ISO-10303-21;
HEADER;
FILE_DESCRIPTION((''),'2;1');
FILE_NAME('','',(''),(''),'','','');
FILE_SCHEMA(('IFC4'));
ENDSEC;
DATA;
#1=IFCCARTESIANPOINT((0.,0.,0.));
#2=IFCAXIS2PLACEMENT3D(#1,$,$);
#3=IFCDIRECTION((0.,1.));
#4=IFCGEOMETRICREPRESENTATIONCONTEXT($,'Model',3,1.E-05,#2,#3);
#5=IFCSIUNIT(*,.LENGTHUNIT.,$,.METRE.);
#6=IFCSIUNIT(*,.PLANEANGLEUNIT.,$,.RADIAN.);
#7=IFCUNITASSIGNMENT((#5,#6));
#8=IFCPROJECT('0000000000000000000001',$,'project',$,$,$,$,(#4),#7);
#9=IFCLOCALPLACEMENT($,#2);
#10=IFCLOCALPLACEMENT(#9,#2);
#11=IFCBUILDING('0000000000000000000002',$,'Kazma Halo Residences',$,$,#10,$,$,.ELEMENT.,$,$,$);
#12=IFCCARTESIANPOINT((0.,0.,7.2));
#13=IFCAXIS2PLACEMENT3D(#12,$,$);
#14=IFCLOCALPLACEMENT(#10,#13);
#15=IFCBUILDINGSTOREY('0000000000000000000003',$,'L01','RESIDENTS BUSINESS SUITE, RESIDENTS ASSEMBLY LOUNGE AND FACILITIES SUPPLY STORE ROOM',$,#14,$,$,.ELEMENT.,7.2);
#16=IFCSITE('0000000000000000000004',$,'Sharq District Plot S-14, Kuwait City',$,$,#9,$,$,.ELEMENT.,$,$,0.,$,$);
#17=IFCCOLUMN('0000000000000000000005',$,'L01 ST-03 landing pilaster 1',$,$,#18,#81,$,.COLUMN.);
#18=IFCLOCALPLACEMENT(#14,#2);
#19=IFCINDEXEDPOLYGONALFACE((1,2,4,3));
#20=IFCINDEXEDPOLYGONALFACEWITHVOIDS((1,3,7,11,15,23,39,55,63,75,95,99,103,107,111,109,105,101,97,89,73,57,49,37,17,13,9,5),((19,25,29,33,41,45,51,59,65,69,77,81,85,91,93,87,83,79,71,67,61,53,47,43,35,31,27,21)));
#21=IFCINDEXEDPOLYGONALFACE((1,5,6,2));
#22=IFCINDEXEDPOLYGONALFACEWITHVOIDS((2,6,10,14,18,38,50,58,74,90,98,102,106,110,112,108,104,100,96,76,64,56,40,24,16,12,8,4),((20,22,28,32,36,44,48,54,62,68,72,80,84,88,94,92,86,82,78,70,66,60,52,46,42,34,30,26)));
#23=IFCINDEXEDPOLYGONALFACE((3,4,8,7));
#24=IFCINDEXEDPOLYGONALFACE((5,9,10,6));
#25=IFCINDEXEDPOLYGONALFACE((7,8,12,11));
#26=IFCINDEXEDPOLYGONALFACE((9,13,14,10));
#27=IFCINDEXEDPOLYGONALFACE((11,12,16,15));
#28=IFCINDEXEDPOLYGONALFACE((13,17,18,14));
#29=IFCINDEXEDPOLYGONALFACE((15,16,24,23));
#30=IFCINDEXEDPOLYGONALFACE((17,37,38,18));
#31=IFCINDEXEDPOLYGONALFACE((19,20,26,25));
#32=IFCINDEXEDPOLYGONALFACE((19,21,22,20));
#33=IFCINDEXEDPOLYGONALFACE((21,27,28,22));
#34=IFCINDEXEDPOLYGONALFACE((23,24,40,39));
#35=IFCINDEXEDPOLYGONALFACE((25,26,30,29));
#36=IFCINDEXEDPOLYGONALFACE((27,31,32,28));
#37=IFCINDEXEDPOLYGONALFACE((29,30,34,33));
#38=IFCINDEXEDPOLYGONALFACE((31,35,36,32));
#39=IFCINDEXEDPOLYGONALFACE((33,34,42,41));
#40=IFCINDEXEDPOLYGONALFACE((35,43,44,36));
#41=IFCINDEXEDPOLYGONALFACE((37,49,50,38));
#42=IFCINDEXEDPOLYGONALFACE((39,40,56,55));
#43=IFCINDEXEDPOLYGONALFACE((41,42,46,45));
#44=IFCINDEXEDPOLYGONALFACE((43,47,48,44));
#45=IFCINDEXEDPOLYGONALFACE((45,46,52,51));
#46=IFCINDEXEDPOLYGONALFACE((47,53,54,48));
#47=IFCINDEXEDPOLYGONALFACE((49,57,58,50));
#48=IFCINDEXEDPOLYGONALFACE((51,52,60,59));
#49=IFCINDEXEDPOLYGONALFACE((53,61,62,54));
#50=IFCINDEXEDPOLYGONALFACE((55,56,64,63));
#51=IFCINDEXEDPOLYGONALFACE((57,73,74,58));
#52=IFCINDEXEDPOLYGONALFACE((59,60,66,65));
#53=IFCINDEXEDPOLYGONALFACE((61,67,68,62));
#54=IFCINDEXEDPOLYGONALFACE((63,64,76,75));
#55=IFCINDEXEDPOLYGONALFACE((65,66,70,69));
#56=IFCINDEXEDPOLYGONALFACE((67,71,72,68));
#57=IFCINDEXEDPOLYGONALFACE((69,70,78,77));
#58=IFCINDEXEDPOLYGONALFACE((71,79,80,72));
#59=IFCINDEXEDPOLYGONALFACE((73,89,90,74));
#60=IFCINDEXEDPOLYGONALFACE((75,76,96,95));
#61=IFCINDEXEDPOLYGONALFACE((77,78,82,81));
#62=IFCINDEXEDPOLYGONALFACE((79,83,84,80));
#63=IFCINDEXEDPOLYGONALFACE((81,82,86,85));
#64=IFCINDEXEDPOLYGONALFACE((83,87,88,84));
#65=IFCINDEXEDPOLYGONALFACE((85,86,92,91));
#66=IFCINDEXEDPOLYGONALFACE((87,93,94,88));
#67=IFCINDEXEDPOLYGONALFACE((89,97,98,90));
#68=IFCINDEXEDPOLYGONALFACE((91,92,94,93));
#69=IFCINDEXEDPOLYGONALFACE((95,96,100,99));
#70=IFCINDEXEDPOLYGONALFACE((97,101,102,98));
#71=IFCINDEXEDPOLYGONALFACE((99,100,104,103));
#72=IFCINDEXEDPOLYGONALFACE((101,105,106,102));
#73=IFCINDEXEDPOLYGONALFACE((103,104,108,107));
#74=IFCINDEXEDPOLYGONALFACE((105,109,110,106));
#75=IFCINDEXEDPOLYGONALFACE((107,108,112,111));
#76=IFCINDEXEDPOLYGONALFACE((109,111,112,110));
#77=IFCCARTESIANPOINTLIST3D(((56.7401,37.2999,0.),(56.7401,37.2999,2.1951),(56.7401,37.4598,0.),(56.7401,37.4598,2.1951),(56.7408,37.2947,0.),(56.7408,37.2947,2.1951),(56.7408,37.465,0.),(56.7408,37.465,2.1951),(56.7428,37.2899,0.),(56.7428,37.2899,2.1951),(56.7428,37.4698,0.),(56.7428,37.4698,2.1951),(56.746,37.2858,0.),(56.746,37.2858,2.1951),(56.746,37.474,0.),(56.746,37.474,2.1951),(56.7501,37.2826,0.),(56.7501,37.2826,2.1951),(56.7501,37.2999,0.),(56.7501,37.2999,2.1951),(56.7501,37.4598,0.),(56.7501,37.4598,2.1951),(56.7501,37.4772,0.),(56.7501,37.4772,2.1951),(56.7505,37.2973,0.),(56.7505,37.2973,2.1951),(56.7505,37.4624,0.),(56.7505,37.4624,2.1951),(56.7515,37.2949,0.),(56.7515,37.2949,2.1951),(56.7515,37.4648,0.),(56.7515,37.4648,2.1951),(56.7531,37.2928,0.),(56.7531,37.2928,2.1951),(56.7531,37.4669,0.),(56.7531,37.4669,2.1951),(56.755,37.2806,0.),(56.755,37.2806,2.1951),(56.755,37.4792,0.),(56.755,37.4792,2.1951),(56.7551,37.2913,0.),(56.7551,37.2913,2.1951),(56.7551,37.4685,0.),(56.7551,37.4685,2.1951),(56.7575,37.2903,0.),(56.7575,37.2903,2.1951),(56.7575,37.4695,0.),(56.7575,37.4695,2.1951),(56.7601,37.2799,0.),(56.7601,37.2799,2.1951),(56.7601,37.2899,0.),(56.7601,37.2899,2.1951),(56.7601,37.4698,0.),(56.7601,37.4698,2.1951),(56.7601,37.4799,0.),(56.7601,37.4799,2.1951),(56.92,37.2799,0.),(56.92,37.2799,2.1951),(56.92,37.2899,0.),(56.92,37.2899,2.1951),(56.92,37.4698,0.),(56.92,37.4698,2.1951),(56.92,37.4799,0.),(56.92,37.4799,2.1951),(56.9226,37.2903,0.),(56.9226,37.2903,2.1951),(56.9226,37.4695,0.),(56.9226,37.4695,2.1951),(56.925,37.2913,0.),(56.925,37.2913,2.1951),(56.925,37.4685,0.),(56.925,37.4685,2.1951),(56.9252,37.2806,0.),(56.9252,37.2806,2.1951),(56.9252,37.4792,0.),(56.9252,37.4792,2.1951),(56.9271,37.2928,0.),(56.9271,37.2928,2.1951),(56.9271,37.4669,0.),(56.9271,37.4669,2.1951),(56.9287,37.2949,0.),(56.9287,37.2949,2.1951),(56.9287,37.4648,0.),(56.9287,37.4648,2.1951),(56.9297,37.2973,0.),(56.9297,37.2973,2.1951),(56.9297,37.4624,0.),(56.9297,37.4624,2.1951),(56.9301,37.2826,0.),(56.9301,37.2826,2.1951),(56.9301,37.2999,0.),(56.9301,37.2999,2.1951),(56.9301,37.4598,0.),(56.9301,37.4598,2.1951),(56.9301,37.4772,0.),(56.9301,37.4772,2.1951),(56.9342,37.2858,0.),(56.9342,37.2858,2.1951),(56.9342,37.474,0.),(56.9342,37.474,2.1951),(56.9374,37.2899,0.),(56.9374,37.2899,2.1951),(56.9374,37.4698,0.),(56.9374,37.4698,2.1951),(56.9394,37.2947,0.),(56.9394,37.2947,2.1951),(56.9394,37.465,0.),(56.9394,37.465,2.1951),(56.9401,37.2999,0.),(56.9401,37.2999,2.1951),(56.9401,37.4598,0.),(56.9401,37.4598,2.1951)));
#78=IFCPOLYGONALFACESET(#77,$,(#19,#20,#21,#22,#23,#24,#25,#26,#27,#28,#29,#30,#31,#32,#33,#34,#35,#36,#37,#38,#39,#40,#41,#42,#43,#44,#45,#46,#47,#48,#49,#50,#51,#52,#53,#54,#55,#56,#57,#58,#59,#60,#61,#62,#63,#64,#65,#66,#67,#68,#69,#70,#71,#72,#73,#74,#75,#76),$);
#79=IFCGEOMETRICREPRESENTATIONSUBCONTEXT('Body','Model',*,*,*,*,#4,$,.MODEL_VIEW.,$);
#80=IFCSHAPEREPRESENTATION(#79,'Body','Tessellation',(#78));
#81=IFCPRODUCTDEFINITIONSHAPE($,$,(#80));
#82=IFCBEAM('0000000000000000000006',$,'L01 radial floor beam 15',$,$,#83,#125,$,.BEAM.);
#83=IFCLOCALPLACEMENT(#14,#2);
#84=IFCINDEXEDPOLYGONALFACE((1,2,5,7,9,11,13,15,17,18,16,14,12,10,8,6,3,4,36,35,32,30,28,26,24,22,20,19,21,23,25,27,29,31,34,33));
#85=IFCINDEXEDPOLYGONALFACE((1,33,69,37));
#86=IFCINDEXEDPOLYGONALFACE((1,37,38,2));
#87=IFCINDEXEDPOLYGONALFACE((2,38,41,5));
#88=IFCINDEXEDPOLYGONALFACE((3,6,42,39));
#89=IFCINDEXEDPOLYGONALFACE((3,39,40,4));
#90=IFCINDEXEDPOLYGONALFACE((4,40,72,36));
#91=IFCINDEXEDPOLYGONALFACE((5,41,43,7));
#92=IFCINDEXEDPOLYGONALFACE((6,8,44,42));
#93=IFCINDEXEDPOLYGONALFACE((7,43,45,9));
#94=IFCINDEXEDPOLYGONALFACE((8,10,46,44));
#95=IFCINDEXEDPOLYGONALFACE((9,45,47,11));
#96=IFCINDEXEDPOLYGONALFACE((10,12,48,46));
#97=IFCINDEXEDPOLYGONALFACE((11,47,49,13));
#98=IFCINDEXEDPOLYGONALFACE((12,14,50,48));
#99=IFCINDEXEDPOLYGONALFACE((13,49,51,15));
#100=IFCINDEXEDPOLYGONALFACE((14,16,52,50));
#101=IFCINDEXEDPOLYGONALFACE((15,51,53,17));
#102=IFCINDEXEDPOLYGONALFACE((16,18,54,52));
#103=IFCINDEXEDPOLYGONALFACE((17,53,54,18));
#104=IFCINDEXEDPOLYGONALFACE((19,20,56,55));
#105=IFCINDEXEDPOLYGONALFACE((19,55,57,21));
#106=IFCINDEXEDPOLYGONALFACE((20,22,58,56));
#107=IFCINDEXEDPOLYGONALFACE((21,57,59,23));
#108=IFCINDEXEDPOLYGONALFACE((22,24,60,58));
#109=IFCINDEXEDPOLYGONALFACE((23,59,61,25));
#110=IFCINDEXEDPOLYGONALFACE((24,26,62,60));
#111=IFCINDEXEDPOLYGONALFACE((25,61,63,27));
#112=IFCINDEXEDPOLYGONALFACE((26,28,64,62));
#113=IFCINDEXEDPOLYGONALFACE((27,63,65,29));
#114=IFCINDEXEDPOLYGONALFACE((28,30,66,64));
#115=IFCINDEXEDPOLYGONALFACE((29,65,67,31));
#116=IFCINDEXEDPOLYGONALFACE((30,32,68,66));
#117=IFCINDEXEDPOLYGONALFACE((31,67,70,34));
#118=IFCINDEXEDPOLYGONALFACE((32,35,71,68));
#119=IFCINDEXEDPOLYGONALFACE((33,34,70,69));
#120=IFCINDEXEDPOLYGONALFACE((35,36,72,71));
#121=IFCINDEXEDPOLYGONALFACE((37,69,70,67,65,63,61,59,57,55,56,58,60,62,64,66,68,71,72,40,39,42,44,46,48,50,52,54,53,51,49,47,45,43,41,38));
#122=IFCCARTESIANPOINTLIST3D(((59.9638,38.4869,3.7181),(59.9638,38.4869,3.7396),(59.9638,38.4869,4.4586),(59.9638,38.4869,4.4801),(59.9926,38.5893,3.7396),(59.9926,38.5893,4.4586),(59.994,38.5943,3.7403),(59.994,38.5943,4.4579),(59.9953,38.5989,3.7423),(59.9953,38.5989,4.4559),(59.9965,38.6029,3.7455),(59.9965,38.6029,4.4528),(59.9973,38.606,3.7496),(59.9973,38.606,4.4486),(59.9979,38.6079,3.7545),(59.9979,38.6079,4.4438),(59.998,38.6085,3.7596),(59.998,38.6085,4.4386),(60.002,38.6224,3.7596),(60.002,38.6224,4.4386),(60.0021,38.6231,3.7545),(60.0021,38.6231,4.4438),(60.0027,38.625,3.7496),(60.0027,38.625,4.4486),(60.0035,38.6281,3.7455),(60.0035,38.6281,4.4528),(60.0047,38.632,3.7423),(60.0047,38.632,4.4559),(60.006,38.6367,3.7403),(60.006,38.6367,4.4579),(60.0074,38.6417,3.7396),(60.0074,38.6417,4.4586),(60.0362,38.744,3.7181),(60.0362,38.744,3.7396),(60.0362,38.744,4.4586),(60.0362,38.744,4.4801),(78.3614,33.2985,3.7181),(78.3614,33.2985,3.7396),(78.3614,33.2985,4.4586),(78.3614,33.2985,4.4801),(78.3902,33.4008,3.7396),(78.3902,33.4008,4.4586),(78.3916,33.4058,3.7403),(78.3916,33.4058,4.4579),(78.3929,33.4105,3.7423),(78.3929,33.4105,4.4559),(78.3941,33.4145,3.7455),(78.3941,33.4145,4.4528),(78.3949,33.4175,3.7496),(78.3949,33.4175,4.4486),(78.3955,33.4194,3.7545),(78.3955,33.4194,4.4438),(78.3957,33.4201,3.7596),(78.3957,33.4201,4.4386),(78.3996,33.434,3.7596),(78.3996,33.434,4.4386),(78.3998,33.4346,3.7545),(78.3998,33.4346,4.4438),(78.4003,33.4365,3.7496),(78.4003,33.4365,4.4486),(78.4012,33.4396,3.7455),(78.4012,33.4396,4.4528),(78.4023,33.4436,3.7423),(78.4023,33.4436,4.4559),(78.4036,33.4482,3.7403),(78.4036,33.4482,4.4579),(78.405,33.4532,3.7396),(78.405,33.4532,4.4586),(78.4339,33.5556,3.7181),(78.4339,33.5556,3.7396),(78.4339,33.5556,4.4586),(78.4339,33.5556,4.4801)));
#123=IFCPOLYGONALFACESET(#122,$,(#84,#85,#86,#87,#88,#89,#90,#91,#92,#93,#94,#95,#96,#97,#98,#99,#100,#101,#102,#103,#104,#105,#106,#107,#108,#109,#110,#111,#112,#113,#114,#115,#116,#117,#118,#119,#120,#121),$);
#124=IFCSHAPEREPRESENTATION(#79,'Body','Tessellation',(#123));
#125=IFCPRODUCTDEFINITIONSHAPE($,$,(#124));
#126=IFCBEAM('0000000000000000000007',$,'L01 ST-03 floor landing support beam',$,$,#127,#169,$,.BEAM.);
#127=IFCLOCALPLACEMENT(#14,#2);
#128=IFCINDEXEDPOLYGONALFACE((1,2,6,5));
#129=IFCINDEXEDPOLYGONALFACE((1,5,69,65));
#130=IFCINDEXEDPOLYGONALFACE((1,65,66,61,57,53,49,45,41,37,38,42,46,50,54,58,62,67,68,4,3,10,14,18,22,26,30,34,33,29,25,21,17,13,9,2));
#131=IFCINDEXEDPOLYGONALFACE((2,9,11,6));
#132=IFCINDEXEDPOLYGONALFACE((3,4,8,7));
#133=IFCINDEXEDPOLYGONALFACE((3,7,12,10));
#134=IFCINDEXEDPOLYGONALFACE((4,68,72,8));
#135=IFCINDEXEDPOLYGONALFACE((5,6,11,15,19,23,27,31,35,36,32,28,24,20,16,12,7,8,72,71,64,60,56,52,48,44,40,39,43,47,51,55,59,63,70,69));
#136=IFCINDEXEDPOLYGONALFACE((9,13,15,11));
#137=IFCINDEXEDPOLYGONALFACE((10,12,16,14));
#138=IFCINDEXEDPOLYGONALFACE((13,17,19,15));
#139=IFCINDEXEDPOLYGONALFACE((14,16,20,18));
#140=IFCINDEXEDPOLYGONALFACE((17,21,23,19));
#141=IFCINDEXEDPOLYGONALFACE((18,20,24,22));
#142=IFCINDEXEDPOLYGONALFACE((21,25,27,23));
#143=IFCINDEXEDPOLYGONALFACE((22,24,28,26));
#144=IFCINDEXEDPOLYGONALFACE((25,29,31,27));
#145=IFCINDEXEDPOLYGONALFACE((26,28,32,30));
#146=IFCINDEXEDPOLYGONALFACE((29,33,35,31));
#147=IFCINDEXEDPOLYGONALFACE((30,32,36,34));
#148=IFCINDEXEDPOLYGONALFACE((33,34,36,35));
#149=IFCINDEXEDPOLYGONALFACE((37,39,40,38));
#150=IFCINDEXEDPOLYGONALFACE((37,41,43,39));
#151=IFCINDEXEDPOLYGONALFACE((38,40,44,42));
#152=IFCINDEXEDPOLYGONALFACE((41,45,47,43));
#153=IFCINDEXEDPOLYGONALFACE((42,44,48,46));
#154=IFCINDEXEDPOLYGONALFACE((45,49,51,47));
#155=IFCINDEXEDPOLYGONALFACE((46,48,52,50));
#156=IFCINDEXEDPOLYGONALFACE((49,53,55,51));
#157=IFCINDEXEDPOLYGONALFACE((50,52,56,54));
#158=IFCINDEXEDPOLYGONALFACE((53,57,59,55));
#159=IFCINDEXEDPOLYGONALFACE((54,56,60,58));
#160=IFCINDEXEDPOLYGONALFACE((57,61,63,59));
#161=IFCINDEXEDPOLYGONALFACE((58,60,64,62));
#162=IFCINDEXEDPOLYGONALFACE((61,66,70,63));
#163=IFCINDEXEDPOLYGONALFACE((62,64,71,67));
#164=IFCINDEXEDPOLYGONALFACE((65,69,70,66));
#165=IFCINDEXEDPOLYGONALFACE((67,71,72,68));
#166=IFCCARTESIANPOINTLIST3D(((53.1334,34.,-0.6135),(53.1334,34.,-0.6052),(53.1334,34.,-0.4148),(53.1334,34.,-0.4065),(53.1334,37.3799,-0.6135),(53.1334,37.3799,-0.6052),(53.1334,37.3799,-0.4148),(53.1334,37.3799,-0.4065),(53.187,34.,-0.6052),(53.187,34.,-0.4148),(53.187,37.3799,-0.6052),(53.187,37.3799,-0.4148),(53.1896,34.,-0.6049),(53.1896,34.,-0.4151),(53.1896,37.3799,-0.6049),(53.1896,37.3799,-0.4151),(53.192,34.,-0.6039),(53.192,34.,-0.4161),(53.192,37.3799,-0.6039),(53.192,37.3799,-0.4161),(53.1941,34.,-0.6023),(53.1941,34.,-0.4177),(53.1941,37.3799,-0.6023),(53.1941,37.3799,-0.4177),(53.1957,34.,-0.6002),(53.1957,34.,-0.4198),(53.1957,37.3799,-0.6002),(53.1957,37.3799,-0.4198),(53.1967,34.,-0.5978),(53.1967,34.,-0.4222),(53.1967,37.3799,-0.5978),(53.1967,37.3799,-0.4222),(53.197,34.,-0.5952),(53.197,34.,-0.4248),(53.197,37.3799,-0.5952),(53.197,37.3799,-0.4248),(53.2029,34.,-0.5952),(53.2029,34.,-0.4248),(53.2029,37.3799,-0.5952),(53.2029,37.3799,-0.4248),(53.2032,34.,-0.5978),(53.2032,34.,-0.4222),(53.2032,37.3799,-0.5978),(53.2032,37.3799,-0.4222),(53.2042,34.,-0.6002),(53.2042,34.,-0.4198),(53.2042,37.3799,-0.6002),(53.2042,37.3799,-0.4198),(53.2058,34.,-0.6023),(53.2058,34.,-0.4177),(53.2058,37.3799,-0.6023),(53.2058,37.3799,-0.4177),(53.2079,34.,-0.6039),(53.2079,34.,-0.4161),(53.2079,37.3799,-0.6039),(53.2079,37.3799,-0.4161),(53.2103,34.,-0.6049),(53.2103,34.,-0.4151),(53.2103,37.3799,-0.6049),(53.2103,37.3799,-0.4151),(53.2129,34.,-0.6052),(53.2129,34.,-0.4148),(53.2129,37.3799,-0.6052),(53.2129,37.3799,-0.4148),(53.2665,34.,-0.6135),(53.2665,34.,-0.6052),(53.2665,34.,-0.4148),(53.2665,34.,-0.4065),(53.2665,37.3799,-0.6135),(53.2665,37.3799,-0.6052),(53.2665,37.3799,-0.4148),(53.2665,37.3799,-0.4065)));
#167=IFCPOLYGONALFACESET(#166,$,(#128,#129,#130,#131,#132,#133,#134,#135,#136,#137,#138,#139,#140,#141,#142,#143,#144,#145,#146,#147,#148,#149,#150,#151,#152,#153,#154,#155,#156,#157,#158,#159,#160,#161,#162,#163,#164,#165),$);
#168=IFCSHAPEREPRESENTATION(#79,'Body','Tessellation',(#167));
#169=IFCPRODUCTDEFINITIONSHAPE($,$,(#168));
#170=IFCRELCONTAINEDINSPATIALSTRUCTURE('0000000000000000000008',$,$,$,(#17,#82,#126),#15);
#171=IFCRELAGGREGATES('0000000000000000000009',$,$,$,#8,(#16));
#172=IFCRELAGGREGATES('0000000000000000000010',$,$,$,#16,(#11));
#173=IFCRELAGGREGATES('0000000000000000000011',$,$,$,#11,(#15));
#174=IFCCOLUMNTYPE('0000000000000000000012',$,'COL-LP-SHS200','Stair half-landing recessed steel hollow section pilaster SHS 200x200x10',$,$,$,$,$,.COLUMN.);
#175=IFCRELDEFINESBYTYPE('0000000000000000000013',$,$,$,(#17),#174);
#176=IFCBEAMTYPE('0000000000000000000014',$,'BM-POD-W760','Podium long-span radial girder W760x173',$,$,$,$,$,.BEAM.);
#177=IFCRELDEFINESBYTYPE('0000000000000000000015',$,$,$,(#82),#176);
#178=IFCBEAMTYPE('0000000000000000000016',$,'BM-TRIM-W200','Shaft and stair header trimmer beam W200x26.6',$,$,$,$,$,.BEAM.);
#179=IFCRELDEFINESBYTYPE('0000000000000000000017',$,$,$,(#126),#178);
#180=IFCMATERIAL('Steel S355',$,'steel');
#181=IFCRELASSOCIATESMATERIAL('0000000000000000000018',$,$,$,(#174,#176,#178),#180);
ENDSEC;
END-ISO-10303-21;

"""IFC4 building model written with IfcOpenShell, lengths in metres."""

from ifc_helpers import new_model, si_unit, direction, frame, origin, origin_2d, place, context, subcontext, project, spatial, hollow_rectangle, i_section, extrude, material, material_profile, profile_set, type_object, element, save


model = new_model("IFC4")

# Units and contexts
model_context = context("Model", 3, precision=1e-05, world=origin(), true_north=direction((0.0, 1.0)))
body_context = subcontext(model_context, "Body", "Model", "MODEL_VIEW")
ifc_project = project(units=[si_unit("LENGTHUNIT", "METRE"), si_unit("PLANEANGLEUNIT", "RADIAN")], contexts=[model_context])

# Site, building, storey
site_placement = place(None, origin())
site = spatial("IfcSite", under=ifc_project, at=site_placement, Name="Sharq District Plot S-14, Kuwait City", CompositionType="ELEMENT", RefElevation=0.0)
building_placement = place(site_placement, origin())
building = spatial("IfcBuilding", under=site, at=building_placement, Name="Kazma Halo Residences", CompositionType="ELEMENT")
storey_placement = place(building_placement, frame((0.0, 0.0, 7.2)))
storey = spatial("IfcBuildingStorey", under=building, at=storey_placement, Name="L01", Description="RESIDENTS BUSINESS SUITE, RESIDENTS ASSEMBLY LOUNGE AND FACILITIES SUPPLY STORE ROOM", CompositionType="ELEMENT", Elevation=7.2)

# Column
ifc_material_1 = material(Name="Steel S355", Category="steel")
ifc_material_profile_1 = material_profile(ifc_material_1, hollow_rectangle(XDim=0.2, YDim=0.2, WallThickness=0.01, InnerFilletRadius=0.01, OuterFilletRadius=0.02, at=origin_2d()), Name="SHS200x200x10")
ifc_profile_set_1 = profile_set([ifc_material_profile_1], Name="Steel S355")
column_type = type_object("IfcColumnType", Name="COL-LP-SHS200", Description="Stair half-landing recessed steel hollow section pilaster SHS 200x200x10", PredefinedType="COLUMN", material=ifc_profile_set_1)
column_placement = place(storey_placement, frame((56.8401, 37.3799, 0.0), z_axis=(0.0, 0.0, 1.0), x_axis=(1.0, 0.0, 0.0)))
element("IfcColumn", 1, at=column_placement, inside=storey, type_object=column_type, Name="L01 ST-03 landing pilaster 1", PredefinedType="COLUMN", context=body_context, shape_type="SweptSolid", body=[
    extrude(hollow_rectangle(XDim=0.2, YDim=0.2, WallThickness=0.01, InnerFilletRadius=0.01, OuterFilletRadius=0.02, at=origin_2d()), origin(), (0.0, 0.0, 1.0), 2.1951),
])

# Beams
ifc_material_profile_2 = material_profile(ifc_material_1, i_section(OverallWidth=0.2671, OverallDepth=0.762, WebThickness=0.0144, FlangeThickness=0.0215, FilletRadius=0.02, at=origin_2d()), Name="W760x173")
ifc_profile_set_2 = profile_set([ifc_material_profile_2], Name="Steel S355")
beam_type_1 = type_object("IfcBeamType", Name="BM-POD-W760", Description="Podium long-span radial girder W760x173", PredefinedType="BEAM", material=ifc_profile_set_2)
beam_1_placement = place(storey_placement, frame((60.0, 38.6155, 4.0991), z_axis=(0.962458, -0.27143, 0.0), x_axis=(0.27143, 0.962458, 0.0)))
element("IfcBeam", 2, at=beam_1_placement, inside=storey, type_object=beam_type_1, Name="L01 radial floor beam 15", PredefinedType="BEAM", context=body_context, shape_type="SweptSolid", body=[
    extrude(i_section(OverallWidth=0.2671, OverallDepth=0.762, WebThickness=0.0144, FlangeThickness=0.0215, FilletRadius=0.02, at=origin_2d()), origin(), (0.0, 0.0, 1.0), 19.1152),
])
ifc_material_profile_3 = material_profile(ifc_material_1, i_section(OverallWidth=0.1331, OverallDepth=0.207, WebThickness=0.0059, FlangeThickness=0.0083, FilletRadius=0.01, at=origin_2d()), Name="W200x26.6")
ifc_profile_set_3 = profile_set([ifc_material_profile_3], Name="Steel S355")
beam_type_2 = type_object("IfcBeamType", Name="BM-TRIM-W200", Description="Shaft and stair header trimmer beam W200x26.6", PredefinedType="BEAM", material=ifc_profile_set_3)
beam_2_placement = place(storey_placement, frame((53.2, 34.0, -0.51), z_axis=(0.0, 1.0, 0.0), x_axis=(-1.0, 0.0, 0.0)))
element("IfcBeam", 3, at=beam_2_placement, inside=storey, type_object=beam_type_2, Name="L01 ST-03 floor landing support beam", PredefinedType="BEAM", context=body_context, shape_type="SweptSolid", body=[
    extrude(i_section(OverallWidth=0.1331, OverallDepth=0.207, WebThickness=0.0059, FlangeThickness=0.0083, FilletRadius=0.01, at=origin_2d()), origin(), (0.0, 0.0, 1.0), 3.3799),
])

save(model, "model.ifc")
